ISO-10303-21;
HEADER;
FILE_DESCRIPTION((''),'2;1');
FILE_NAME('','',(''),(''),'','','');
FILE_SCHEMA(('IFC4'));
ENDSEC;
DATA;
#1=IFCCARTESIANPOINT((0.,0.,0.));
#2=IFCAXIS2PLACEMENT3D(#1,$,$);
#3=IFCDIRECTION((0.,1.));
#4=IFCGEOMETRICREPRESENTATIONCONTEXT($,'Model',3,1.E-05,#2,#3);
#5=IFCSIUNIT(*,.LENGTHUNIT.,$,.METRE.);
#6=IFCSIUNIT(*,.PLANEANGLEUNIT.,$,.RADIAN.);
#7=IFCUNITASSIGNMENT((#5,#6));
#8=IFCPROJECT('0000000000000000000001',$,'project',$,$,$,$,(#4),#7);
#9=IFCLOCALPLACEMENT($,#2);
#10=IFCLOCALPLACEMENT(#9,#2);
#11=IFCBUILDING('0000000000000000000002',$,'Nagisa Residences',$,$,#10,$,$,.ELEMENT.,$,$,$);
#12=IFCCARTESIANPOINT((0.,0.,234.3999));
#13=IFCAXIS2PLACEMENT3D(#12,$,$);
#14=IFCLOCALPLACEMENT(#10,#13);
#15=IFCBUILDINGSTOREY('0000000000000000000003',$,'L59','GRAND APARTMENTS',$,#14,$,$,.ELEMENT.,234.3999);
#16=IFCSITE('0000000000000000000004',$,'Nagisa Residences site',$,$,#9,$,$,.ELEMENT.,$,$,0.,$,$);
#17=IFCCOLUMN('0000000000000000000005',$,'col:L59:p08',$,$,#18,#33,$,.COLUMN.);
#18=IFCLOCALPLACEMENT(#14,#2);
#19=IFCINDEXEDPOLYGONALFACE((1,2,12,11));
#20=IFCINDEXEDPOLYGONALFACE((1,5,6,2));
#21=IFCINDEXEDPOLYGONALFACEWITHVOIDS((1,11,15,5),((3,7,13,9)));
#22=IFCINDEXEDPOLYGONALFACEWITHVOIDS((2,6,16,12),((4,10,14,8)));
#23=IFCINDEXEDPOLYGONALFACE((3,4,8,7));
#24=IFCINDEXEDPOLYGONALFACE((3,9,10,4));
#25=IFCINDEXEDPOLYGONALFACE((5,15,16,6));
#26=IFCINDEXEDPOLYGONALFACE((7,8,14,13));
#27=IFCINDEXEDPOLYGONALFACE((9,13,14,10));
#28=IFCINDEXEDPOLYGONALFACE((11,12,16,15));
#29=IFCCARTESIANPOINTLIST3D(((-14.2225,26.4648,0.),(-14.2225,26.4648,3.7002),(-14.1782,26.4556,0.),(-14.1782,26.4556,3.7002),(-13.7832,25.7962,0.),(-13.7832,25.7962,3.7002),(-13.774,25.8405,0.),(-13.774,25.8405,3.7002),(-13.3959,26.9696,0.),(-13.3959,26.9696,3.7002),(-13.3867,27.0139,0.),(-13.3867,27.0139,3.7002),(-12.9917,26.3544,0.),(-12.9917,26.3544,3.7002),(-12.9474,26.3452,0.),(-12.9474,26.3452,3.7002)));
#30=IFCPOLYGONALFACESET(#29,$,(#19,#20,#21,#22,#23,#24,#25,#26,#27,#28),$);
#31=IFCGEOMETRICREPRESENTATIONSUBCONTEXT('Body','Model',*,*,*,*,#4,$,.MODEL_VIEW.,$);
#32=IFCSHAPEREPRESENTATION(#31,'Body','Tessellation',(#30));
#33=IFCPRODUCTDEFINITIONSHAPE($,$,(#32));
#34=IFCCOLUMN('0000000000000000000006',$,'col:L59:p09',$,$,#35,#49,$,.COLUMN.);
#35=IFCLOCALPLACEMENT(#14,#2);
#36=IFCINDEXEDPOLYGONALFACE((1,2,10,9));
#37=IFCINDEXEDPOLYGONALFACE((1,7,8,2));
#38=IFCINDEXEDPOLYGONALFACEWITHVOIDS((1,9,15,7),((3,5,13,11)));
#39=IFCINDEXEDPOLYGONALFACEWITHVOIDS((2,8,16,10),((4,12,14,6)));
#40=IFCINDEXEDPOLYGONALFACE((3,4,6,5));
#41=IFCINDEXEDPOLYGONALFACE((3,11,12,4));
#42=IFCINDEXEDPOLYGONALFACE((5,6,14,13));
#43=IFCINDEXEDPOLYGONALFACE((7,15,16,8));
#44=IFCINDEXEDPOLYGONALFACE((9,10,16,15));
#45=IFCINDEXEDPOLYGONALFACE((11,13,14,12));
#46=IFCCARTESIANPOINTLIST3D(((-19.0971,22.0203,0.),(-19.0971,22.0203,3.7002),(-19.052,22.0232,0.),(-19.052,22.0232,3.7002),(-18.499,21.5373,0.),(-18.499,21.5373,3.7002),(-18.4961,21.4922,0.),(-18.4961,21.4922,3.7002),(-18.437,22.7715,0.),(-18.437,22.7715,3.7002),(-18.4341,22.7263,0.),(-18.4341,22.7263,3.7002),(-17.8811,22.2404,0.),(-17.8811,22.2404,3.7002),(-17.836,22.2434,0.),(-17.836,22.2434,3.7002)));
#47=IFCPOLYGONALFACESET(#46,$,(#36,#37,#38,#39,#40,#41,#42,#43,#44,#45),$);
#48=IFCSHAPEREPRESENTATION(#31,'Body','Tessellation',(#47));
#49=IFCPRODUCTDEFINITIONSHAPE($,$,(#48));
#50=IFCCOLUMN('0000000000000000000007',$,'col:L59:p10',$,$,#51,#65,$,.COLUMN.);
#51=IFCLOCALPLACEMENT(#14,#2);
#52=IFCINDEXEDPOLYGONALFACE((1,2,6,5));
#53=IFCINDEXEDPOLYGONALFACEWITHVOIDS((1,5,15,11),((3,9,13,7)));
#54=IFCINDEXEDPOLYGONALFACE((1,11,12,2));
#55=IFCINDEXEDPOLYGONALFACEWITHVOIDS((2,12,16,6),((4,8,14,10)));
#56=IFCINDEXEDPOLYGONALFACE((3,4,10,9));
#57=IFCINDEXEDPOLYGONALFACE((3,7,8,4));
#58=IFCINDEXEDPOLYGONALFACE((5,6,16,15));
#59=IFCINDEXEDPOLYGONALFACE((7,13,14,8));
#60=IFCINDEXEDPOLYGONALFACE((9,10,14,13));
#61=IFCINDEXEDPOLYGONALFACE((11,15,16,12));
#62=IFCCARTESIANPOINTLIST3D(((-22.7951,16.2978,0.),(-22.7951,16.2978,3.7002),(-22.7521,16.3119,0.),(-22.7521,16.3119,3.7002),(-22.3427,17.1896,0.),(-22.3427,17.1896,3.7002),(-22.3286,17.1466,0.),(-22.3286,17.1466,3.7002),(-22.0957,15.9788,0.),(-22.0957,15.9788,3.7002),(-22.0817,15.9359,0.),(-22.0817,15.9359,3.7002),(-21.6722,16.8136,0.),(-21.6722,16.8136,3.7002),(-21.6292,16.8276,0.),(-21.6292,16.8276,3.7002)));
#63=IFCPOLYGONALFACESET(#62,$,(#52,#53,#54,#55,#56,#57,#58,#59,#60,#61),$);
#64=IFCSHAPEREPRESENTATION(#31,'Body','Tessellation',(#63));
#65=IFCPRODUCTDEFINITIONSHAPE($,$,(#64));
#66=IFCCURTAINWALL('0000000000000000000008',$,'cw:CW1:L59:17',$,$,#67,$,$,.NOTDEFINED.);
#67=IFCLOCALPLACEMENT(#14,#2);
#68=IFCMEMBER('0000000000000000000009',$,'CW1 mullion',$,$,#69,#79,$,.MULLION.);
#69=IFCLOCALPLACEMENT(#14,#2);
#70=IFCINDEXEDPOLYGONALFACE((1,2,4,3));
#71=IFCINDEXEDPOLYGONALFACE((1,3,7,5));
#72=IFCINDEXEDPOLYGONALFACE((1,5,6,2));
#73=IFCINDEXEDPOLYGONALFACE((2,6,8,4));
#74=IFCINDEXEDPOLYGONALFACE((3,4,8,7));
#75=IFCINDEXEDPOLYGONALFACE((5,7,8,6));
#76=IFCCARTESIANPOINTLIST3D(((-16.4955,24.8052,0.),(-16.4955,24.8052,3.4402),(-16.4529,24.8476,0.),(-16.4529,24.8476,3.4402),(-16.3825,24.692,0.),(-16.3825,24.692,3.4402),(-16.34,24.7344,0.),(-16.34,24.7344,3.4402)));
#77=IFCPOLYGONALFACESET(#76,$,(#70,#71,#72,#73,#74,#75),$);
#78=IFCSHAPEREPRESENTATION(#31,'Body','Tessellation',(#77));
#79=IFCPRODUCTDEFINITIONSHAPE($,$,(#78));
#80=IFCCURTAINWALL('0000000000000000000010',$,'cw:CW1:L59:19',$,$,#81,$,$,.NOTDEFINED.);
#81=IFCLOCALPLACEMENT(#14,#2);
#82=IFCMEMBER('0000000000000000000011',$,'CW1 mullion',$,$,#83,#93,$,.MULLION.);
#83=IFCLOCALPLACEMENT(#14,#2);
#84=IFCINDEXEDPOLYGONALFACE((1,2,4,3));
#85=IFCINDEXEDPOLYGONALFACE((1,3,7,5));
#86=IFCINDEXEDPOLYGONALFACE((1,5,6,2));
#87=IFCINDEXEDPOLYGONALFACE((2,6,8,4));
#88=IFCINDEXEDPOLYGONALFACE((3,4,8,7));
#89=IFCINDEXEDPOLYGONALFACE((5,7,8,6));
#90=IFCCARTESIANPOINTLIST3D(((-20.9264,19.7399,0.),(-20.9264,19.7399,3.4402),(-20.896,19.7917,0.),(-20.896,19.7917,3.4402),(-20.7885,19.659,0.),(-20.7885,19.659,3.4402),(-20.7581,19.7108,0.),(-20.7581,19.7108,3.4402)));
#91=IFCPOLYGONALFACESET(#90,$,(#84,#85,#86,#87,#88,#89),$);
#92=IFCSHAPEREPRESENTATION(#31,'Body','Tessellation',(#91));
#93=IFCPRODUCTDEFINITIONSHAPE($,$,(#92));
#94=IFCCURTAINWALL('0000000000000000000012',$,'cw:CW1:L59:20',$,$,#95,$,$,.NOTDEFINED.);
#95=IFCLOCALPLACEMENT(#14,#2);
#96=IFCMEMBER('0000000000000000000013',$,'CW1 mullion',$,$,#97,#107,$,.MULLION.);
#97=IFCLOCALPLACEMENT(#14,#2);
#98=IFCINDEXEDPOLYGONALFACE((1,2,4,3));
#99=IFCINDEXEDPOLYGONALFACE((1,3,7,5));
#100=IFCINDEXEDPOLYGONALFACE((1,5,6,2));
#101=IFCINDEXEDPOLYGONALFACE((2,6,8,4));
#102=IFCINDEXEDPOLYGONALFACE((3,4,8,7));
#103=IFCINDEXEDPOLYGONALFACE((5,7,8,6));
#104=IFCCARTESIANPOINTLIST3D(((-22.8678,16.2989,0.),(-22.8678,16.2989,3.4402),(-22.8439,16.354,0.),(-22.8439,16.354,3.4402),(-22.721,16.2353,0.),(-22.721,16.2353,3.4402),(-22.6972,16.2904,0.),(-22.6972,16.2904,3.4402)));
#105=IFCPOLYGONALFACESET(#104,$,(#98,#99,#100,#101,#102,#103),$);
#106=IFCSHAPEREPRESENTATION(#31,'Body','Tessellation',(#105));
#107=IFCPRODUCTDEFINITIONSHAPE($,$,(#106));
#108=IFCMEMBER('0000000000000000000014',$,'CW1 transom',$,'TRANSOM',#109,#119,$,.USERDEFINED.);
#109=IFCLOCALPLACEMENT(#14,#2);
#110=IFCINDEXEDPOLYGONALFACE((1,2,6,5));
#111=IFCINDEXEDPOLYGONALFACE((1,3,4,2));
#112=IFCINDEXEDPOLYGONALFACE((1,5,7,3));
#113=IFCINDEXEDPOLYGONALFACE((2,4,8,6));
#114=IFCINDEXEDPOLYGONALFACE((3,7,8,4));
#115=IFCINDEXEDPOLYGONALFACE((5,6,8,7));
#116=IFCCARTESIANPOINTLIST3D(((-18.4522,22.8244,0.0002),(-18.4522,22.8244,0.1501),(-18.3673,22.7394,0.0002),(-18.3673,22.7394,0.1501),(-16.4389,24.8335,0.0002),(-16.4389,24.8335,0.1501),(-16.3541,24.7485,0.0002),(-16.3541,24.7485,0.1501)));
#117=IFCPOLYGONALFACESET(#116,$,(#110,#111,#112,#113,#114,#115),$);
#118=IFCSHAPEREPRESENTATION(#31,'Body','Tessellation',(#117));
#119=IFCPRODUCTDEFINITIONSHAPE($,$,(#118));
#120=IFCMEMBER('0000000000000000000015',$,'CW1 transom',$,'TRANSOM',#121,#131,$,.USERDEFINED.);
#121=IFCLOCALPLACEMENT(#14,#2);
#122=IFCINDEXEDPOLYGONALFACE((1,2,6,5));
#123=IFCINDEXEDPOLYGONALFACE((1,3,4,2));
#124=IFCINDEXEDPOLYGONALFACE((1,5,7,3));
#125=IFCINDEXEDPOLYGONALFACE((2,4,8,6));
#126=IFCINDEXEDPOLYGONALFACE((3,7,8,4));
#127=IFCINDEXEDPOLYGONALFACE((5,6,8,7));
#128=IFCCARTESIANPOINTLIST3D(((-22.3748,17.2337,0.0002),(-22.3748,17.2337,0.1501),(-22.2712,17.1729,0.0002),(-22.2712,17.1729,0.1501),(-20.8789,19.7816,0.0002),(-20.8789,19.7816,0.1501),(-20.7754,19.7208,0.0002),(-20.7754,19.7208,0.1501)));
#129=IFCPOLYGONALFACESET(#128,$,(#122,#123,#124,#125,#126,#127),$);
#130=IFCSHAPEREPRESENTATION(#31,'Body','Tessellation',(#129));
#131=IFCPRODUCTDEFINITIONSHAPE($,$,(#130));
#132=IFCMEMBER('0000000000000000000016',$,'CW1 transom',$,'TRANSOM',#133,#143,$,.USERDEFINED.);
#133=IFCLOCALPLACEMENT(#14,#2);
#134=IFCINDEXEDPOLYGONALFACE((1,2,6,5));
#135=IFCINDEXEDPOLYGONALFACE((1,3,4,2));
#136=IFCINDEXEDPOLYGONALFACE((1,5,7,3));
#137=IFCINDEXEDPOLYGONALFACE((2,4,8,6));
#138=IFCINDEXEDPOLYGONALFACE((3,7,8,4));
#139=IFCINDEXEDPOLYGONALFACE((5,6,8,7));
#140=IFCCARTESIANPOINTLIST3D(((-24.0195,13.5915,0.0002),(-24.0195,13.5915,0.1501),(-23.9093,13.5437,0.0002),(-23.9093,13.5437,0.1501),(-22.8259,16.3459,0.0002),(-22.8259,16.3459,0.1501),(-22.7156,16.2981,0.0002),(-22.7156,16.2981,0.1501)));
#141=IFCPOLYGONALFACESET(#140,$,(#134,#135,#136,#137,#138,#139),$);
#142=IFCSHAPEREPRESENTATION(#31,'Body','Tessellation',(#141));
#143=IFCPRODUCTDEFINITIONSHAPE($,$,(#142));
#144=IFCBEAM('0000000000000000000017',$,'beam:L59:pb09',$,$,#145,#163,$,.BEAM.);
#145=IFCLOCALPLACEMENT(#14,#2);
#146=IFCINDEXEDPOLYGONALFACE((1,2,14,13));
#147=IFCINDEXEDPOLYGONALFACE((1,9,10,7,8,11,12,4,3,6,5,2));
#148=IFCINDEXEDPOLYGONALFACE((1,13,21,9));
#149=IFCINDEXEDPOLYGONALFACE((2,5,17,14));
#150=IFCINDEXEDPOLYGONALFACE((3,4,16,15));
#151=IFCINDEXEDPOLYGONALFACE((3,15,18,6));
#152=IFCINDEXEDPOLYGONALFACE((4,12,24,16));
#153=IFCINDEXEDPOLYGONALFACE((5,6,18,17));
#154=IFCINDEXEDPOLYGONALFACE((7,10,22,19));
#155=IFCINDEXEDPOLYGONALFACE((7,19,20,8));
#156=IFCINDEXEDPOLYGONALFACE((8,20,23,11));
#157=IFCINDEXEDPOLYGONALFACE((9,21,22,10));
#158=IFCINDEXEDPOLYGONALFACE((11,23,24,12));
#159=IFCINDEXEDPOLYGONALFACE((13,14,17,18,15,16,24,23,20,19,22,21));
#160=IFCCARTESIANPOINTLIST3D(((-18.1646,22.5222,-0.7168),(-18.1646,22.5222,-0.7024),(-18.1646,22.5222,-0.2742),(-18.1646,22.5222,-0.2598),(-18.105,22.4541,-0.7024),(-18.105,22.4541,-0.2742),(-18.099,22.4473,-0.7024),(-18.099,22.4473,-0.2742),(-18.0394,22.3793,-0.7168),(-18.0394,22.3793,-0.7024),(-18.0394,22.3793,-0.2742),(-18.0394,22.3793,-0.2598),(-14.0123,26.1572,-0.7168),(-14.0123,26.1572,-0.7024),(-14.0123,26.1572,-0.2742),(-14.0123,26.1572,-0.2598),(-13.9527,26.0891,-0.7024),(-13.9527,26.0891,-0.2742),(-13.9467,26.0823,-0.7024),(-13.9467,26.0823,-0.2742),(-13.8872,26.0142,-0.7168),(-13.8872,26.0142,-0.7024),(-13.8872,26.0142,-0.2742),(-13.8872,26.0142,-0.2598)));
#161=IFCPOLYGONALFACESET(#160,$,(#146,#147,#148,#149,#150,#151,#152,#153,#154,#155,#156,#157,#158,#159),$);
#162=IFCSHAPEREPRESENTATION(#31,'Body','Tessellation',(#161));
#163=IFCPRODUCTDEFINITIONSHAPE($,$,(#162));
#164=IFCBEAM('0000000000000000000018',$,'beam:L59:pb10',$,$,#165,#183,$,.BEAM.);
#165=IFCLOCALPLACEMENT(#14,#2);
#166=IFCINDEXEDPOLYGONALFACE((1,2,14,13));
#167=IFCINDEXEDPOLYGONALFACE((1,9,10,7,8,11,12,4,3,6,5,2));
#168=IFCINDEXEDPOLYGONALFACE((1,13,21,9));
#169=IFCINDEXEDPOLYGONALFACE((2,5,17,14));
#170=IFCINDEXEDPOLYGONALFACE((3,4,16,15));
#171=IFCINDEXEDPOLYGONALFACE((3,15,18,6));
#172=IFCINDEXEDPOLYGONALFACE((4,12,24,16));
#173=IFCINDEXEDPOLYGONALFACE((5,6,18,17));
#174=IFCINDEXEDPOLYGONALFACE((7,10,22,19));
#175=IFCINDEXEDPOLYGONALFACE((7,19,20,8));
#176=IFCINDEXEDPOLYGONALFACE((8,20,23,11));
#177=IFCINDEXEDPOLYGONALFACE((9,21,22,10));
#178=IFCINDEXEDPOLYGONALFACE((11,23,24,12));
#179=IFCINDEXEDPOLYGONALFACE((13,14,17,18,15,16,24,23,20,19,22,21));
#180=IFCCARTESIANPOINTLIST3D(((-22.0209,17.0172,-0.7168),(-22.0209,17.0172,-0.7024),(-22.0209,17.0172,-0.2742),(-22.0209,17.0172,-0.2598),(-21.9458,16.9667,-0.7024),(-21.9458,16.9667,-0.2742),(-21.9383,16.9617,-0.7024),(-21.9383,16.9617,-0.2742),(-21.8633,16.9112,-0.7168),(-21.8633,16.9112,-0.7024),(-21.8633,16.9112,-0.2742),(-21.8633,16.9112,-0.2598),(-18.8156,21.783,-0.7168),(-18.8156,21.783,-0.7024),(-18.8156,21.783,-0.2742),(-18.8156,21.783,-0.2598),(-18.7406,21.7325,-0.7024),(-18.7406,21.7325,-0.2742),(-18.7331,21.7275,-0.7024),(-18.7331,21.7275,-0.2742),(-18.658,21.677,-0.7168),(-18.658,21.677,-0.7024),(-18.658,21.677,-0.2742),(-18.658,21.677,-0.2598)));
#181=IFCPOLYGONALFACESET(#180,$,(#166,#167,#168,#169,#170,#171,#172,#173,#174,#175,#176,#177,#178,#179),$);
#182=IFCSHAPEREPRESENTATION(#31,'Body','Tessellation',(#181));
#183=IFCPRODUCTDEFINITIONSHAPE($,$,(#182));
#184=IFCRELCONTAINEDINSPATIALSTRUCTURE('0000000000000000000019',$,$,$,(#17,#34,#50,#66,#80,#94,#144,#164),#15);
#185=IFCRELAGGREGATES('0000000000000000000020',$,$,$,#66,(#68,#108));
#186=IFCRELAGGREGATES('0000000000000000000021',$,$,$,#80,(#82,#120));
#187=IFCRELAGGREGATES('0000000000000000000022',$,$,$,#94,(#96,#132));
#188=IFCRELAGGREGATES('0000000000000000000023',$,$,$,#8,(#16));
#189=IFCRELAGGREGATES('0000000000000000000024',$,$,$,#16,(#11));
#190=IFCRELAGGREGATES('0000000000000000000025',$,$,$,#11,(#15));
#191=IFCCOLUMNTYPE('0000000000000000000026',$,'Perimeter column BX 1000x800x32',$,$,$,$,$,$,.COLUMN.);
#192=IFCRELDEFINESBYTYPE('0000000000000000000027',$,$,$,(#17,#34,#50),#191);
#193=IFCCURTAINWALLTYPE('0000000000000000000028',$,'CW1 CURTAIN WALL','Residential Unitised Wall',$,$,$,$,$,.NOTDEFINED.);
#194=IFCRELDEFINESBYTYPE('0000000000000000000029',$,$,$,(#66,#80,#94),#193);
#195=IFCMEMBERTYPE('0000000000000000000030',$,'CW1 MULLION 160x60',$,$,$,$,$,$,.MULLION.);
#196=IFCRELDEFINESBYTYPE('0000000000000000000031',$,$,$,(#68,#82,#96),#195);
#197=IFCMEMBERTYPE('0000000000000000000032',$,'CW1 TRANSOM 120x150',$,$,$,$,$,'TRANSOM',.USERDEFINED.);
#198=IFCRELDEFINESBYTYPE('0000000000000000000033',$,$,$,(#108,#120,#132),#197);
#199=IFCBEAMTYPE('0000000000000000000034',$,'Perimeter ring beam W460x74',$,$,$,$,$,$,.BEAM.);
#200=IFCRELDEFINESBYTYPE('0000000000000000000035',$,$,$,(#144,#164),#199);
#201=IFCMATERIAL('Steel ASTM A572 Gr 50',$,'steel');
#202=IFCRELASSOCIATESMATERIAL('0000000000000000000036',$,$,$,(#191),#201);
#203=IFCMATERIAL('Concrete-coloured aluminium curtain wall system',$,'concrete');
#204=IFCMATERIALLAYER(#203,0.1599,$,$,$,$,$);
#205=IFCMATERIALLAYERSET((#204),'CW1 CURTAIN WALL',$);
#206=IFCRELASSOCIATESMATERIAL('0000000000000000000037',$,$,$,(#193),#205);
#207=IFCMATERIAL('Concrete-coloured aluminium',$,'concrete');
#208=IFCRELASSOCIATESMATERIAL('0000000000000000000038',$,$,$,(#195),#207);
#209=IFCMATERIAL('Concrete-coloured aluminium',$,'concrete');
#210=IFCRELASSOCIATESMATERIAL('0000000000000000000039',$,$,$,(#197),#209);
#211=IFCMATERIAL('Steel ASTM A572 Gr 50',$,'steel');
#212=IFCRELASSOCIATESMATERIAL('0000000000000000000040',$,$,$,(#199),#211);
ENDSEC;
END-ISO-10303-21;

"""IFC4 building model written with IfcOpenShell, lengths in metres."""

from ifc_helpers import new_model, si_unit, direction, frame, origin, origin_2d, place, context, subcontext, project, spatial, rectangle, hollow_rectangle, i_section, extrude, material, layer, layer_set, material_profile, profile_set, type_object, element, aggregate, save


model = new_model("IFC4")

# Units and contexts
model_context = context("Model", 3, precision=1e-05, world=origin(), true_north=direction((0.0, 1.0)))
body_context = subcontext(model_context, "Body", "Model", "MODEL_VIEW")
ifc_project = project(units=[si_unit("LENGTHUNIT", "METRE"), si_unit("PLANEANGLEUNIT", "RADIAN")], contexts=[model_context])

# Site, building, storey
site_placement = place(None, origin())
site = spatial("IfcSite", under=ifc_project, at=site_placement, Name="Nagisa Residences site", CompositionType="ELEMENT", RefElevation=0.0)
building_placement = place(site_placement, origin())
building = spatial("IfcBuilding", under=site, at=building_placement, Name="Nagisa Residences", CompositionType="ELEMENT")
storey_placement = place(building_placement, frame((0.0, 0.0, 234.3999)))
storey = spatial("IfcBuildingStorey", under=building, at=storey_placement, Name="L59", Description="GRAND APARTMENTS", CompositionType="ELEMENT", Elevation=234.3999)

# Columns
ifc_material_1 = material(Name="Steel ASTM A572 Gr 50", Category="steel")
ifc_material_profile_1 = material_profile(ifc_material_1, hollow_rectangle(XDim=1.0, YDim=0.8, WallThickness=0.032, at=origin_2d()), Name="BX 1000x800x32")
ifc_profile_set_1 = profile_set([ifc_material_profile_1], Name="Steel ASTM A572 Gr 50")
column_type = type_object("IfcColumnType", Name="Perimeter column BX 1000x800x32", PredefinedType="COLUMN", material=ifc_profile_set_1)
for number, where, z_axis, x_axis, name in (
    (1, (-13.585, 26.405, 0.0), (0.0, 0.0, 1.0), (-0.835766, -0.549086, 0.0), "col:L59:p08"),
    (2, (-18.4666, 22.1318, 0.0), (0.0, 0.0, 1.0), (-0.660115, -0.751165, 0.0), "col:L59:p09"),
    (3, (-22.2122, 16.5627, 0.0), (0.0, 0.0, 1.0), (-0.452463, -0.891783, 0.0), "col:L59:p10"),
):
    element("IfcColumn", number, at=place(storey_placement, frame(where, z_axis=z_axis, x_axis=x_axis)), inside=storey, type_object=column_type, Name=name, PredefinedType="COLUMN", context=body_context, shape_type="SweptSolid", body=[
        extrude(hollow_rectangle(XDim=1.0, YDim=0.8, WallThickness=0.032, at=origin_2d()), origin(), (0.0, 0.0, 1.0), 3.7002),
    ])

# Curtain walls, members
ifc_material_2 = material(Name="Concrete-coloured aluminium curtain wall system", Category="concrete")
ifc_layer_1 = layer(ifc_material_2, 0.1599)
ifc_layer_set_1 = layer_set([ifc_layer_1], Name="CW1 CURTAIN WALL")
curtain_wall_type = type_object("IfcCurtainWallType", Name="CW1 CURTAIN WALL", Description="Residential Unitised Wall", PredefinedType="NOTDEFINED", material=ifc_layer_set_1)
curtain_wall_1_placement = place(storey_placement, origin())
curtain_wall_1 = element("IfcCurtainWall", 4, at=curtain_wall_1_placement, inside=storey, type_object=curtain_wall_type, Name="cw:CW1:L59:17", PredefinedType="NOTDEFINED")
ifc_material_3 = material(Name="Concrete-coloured aluminium", Category="concrete")
ifc_material_profile_2 = material_profile(ifc_material_3, rectangle(XDim=0.1599, YDim=0.0601, at=origin_2d()), Name="CW1 MULLION 160x60")
ifc_profile_set_2 = profile_set([ifc_material_profile_2], Name="Concrete-coloured aluminium")
member_type_1 = type_object("IfcMemberType", Name="CW1 MULLION 160x60", PredefinedType="MULLION", material=ifc_profile_set_2)
member_1_placement = place(storey_placement, frame((-16.4177, 24.7698, 0.0), z_axis=(0.0, 0.0, 1.0), x_axis=(0.706377, -0.707836, 0.0)))
member_1 = element("IfcMember", 5, at=member_1_placement, type_object=member_type_1, Name="CW1 mullion", PredefinedType="MULLION", context=body_context, shape_type="SweptSolid", body=[
    extrude(rectangle(XDim=0.1599, YDim=0.0601, at=origin_2d()), origin(), (0.0, 0.0, 1.0), 3.4402),
])
curtain_wall_2_placement = place(storey_placement, origin())
curtain_wall_2 = element("IfcCurtainWall", 6, at=curtain_wall_2_placement, inside=storey, type_object=curtain_wall_type, Name="cw:CW1:L59:19", PredefinedType="NOTDEFINED")
member_2_placement = place(storey_placement, frame((-20.8423, 19.7253, 0.0), z_axis=(0.0, 0.0, 1.0), x_axis=(0.862329, -0.506349, 0.0)))
member_2 = element("IfcMember", 7, at=member_2_placement, type_object=member_type_1, Name="CW1 mullion", PredefinedType="MULLION", context=body_context, shape_type="SweptSolid", body=[
    extrude(rectangle(XDim=0.1599, YDim=0.0601, at=origin_2d()), origin(), (0.0, 0.0, 1.0), 3.4402),
])
curtain_wall_3_placement = place(storey_placement, origin())
curtain_wall_3 = element("IfcCurtainWall", 8, at=curtain_wall_3_placement, inside=storey, type_object=curtain_wall_type, Name="cw:CW1:L59:20", PredefinedType="NOTDEFINED")
member_3_placement = place(storey_placement, frame((-22.7825, 16.2947, 0.0), z_axis=(0.0, 0.0, 1.0), x_axis=(0.917543, -0.397636, 0.0)))
member_3 = element("IfcMember", 9, at=member_3_placement, type_object=member_type_1, Name="CW1 mullion", PredefinedType="MULLION", context=body_context, shape_type="SweptSolid", body=[
    extrude(rectangle(XDim=0.1599, YDim=0.0601, at=origin_2d()), origin(), (0.0, 0.0, 1.0), 3.4402),
])

# Members
ifc_material_4 = material(Name="Concrete-coloured aluminium", Category="concrete")
ifc_material_profile_3 = material_profile(ifc_material_4, rectangle(XDim=0.1201, YDim=0.1499, at=origin_2d()), Name="CW1 TRANSOM 120x150")
ifc_profile_set_3 = profile_set([ifc_material_profile_3], Name="Concrete-coloured aluminium")
member_type_2 = type_object("IfcMemberType", Name="CW1 TRANSOM 120x150", ElementType="TRANSOM", PredefinedType="USERDEFINED", material=ifc_profile_set_3)
member_4_placement = place(storey_placement, frame((-16.3965, 24.791, 0.0752), z_axis=(-0.707836, -0.706377, 0.0), x_axis=(0.706377, -0.707836, 0.0)))
member_4 = element("IfcMember", 10, at=member_4_placement, type_object=member_type_2, Name="CW1 transom", ObjectType="TRANSOM", PredefinedType="USERDEFINED", context=body_context, shape_type="SweptSolid", body=[
    extrude(rectangle(XDim=0.1201, YDim=0.1499, at=origin_2d()), origin(), (0.0, 0.0, 1.0), 2.8442),
])
member_5_placement = place(storey_placement, frame((-20.8271, 19.7512, 0.0752), z_axis=(-0.506294, -0.862361, 0.0), x_axis=(0.862361, -0.506294, 0.0)))
member_5 = element("IfcMember", 11, at=member_5_placement, type_object=member_type_2, Name="CW1 transom", ObjectType="TRANSOM", PredefinedType="USERDEFINED", context=body_context, shape_type="SweptSolid", body=[
    extrude(rectangle(XDim=0.1201, YDim=0.1499, at=origin_2d()), origin(), (0.0, 0.0, 1.0), 2.9546),
])
member_6_placement = place(storey_placement, frame((-22.7708, 16.322, 0.0752), z_axis=(-0.397617, -0.917552, 0.0), x_axis=(0.917552, -0.397617, 0.0)))
member_6 = element("IfcMember", 12, at=member_6_placement, type_object=member_type_2, Name="CW1 transom", ObjectType="TRANSOM", PredefinedType="USERDEFINED", context=body_context, shape_type="SweptSolid", body=[
    extrude(rectangle(XDim=0.1201, YDim=0.1499, at=origin_2d()), origin(), (0.0, 0.0, 1.0), 3.002),
])

# Beams
ifc_material_5 = material(Name="Steel ASTM A572 Gr 50", Category="steel")
ifc_material_profile_4 = material_profile(ifc_material_5, i_section(OverallWidth=0.1899, OverallDepth=0.457, WebThickness=0.009, FlangeThickness=0.0144, at=origin_2d()), Name="W460x74")
ifc_profile_set_4 = profile_set([ifc_material_profile_4], Name="Steel ASTM A572 Gr 50")
beam_type_1 = type_object("IfcBeamType", Name="Perimeter ring beam W460x74", PredefinedType="BEAM", material=ifc_profile_set_4)
beam_1_placement = place(storey_placement, frame((-13.9497, 26.0857, -0.4883), z_axis=(-0.752423, -0.65868, 0.0), x_axis=(0.65868, -0.752423, 0.0)))
element("IfcBeam", 13, at=beam_1_placement, inside=storey, type_object=beam_type_1, Name="beam:L59:pb09", PredefinedType="BEAM", context=body_context, shape_type="SweptSolid", body=[
    extrude(i_section(OverallWidth=0.1899, OverallDepth=0.457, WebThickness=0.009, FlangeThickness=0.0144, at=origin_2d()), origin(), (0.0, 0.0, 1.0), 5.5186),
])
beam_2_placement = place(storey_placement, frame((-18.7368, 21.73, -0.4883), z_axis=(-0.55808, -0.829787, 0.0), x_axis=(0.829787, -0.55808, 0.0)))
element("IfcBeam", 14, at=beam_2_placement, inside=storey, type_object=beam_type_1, Name="beam:L59:pb10", PredefinedType="BEAM", context=body_context, shape_type="SweptSolid", body=[
    extrude(i_section(OverallWidth=0.1899, OverallDepth=0.457, WebThickness=0.009, FlangeThickness=0.0144, at=origin_2d()), origin(), (0.0, 0.0, 1.0), 5.7434),
])

aggregate(curtain_wall_1, [member_1, member_4])
aggregate(curtain_wall_2, [member_2, member_5])
aggregate(curtain_wall_3, [member_3, member_6])

save(model, "model.ifc")
